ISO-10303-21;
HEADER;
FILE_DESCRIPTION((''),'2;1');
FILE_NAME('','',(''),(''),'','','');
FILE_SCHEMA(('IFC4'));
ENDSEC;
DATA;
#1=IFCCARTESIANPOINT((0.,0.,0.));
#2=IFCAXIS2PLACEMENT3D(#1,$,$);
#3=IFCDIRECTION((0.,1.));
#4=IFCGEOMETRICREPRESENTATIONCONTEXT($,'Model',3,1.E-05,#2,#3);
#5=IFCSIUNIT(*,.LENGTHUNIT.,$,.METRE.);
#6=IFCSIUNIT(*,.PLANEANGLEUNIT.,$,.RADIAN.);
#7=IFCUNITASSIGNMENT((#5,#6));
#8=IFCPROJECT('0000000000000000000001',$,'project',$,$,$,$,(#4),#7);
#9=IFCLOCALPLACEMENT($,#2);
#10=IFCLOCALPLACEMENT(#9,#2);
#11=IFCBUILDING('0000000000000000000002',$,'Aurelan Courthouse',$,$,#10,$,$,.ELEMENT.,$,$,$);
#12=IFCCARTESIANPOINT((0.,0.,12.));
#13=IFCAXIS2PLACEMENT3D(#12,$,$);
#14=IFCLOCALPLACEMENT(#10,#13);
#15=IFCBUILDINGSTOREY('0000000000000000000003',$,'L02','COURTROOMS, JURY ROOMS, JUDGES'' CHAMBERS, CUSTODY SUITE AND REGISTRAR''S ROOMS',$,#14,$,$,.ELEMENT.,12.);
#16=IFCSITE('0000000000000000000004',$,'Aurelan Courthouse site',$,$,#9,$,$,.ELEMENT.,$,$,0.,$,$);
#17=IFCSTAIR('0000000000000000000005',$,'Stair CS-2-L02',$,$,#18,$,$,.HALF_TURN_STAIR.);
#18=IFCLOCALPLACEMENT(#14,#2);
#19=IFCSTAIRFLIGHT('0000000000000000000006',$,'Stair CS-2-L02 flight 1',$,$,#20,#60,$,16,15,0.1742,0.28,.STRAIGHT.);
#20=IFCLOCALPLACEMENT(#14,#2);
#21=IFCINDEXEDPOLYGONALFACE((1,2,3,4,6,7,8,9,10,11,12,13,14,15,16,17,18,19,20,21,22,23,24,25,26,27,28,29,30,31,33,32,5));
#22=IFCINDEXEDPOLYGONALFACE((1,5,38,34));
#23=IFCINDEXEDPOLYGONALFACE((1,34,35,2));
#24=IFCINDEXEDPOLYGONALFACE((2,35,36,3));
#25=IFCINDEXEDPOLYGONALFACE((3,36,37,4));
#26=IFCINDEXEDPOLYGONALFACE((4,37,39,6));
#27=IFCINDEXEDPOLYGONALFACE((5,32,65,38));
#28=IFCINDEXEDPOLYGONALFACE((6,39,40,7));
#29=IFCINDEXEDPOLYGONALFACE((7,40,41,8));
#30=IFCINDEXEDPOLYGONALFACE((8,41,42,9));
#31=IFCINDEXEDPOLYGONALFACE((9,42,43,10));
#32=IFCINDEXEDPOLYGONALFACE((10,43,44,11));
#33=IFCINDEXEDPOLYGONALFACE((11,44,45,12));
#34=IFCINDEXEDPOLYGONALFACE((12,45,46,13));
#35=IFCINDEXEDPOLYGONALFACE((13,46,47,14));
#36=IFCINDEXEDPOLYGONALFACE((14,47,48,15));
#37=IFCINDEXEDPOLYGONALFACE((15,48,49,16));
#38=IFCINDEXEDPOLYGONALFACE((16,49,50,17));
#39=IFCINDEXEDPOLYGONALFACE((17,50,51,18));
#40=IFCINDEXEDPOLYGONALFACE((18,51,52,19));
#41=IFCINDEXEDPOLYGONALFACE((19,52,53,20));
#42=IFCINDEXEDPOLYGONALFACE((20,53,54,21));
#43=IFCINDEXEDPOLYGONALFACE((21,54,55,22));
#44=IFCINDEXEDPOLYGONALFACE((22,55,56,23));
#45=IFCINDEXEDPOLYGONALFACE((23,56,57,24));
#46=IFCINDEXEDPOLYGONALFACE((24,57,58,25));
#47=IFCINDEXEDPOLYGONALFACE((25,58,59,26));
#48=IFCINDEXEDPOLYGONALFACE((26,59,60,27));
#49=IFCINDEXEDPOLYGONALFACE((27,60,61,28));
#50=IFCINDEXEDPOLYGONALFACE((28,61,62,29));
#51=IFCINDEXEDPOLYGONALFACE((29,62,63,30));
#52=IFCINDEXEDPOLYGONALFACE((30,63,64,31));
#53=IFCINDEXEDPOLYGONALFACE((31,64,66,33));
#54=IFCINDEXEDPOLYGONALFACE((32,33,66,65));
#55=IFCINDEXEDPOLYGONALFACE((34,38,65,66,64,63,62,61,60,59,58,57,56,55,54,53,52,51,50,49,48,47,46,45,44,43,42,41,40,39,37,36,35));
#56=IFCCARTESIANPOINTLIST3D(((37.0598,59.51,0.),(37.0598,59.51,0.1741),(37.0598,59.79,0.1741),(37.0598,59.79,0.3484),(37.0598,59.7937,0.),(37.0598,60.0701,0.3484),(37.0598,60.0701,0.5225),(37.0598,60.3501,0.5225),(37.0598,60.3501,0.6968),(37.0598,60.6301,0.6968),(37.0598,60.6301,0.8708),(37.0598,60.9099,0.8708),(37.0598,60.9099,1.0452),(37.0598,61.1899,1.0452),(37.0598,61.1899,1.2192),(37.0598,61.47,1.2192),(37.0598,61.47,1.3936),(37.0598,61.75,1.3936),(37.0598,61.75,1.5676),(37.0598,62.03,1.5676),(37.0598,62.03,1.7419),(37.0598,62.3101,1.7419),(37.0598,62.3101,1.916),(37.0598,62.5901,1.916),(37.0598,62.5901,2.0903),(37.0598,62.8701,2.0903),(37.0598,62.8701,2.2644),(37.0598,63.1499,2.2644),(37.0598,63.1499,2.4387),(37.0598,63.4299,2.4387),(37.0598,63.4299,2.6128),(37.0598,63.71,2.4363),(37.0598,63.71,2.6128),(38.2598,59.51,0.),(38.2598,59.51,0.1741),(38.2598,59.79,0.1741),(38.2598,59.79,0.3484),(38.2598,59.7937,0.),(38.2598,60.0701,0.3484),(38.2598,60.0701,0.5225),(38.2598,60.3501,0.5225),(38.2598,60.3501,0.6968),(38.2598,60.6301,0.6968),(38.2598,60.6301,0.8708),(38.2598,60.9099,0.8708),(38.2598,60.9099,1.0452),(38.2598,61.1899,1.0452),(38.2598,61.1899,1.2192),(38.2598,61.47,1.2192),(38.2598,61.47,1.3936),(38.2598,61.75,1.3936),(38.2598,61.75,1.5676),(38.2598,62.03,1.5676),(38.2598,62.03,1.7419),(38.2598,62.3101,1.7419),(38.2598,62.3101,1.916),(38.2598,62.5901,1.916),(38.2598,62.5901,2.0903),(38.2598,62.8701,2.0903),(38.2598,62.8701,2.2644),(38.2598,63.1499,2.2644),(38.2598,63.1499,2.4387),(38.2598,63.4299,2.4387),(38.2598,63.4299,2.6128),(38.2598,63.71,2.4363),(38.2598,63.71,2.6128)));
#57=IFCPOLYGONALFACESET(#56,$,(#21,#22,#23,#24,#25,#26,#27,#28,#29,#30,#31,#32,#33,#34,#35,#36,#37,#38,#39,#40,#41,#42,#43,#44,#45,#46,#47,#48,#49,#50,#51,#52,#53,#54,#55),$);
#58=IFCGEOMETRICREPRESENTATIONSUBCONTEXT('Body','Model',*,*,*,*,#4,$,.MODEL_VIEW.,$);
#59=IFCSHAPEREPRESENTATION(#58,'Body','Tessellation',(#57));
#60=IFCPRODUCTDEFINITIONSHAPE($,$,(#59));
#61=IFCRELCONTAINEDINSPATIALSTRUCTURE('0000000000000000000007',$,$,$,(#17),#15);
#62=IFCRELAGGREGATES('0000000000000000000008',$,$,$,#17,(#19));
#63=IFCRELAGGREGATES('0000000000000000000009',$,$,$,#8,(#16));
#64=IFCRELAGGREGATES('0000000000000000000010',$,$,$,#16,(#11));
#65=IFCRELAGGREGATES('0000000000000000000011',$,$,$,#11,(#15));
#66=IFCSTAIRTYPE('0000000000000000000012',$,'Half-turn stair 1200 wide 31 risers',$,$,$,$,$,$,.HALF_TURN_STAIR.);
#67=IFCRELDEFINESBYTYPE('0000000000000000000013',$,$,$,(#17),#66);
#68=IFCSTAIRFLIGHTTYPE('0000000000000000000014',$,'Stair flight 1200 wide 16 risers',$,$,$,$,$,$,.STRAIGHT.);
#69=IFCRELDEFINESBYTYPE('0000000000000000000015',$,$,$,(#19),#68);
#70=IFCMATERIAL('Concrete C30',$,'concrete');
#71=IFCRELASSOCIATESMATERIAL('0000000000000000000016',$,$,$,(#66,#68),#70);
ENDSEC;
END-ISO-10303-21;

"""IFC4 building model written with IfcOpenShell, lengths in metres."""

from ifc_helpers import new_model, si_unit, direction, frame, origin, place, context, subcontext, project, spatial, polyline, outline, extrude, material, type_object, element, aggregate, save


model = new_model("IFC4")

# Units and contexts
model_context = context("Model", 3, precision=1e-05, world=origin(), true_north=direction((0.0, 1.0)))
body_context = subcontext(model_context, "Body", "Model", "MODEL_VIEW")
ifc_project = project(units=[si_unit("LENGTHUNIT", "METRE"), si_unit("PLANEANGLEUNIT", "RADIAN")], contexts=[model_context])

# Site, building, storey
site_placement = place(None, origin())
site = spatial("IfcSite", under=ifc_project, at=site_placement, Name="Aurelan Courthouse site", CompositionType="ELEMENT", RefElevation=0.0)
building_placement = place(site_placement, origin())
building = spatial("IfcBuilding", under=site, at=building_placement, Name="Aurelan Courthouse", CompositionType="ELEMENT")
storey_placement = place(building_placement, frame((0.0, 0.0, 12.0)))
storey = spatial("IfcBuildingStorey", under=building, at=storey_placement, Name="L02", Description="COURTROOMS, JURY ROOMS, JUDGES' CHAMBERS, CUSTODY SUITE AND REGISTRAR'S ROOMS", CompositionType="ELEMENT", Elevation=12.0)

# Shared definitions
ifc_material_1 = material(Name="Concrete C30", Category="concrete")

# Stair, stair flight
stair_type = type_object("IfcStairType", Name="Half-turn stair 1200 wide 31 risers", PredefinedType="HALF_TURN_STAIR", material=ifc_material_1)
stair_placement = place(storey_placement, origin())
stair = element("IfcStair", 1, at=stair_placement, inside=storey, type_object=stair_type, Name="Stair CS-2-L02", PredefinedType="HALF_TURN_STAIR")
stair_flight_type = type_object("IfcStairFlightType", Name="Stair flight 1200 wide 16 risers", PredefinedType="STRAIGHT", material=ifc_material_1)
stair_flight_placement = place(storey_placement, frame((37.6599, 59.51, 0.0), z_axis=(0.0, 0.0, 1.0), x_axis=(0.0, 1.0, 0.0)))
stair_flight = element("IfcStairFlight", 2, at=stair_flight_placement, type_object=stair_flight_type, Name="Stair CS-2-L02 flight 1", NumberOfRisers=16, NumberOfTreads=15, PredefinedType="STRAIGHT", RiserHeight=0.1742, TreadLength=0.28, context=body_context, shape_type="SweptSolid", body=[
    extrude(outline(polyline([(0.0, 0.0), (0.0, 0.1741), (0.28, 0.1741), (0.28, 0.3484), (0.5601, 0.3484), (0.5601, 0.5225), (0.8401, 0.5225), (0.8401, 0.6968), (1.1201, 0.6968), (1.1201, 0.8708), (1.3999, 0.8708), (1.3999, 1.0452), (1.6799, 1.0452), (1.6799, 1.2192), (1.96, 1.2192), (1.96, 1.3936), (2.24, 1.3936), (2.24, 1.5676), (2.52, 1.5676), (2.52, 1.7419), (2.8, 1.7419), (2.8, 1.916), (3.0801, 1.916), (3.0801, 2.0903), (3.3601, 2.0903), (3.3601, 2.2644), (3.6399, 2.2644), (3.6399, 2.4387), (3.9199, 2.4387), (3.9199, 2.6128), (4.2, 2.6128), (4.2, 2.7871), (4.2, 2.4363), (0.2837, 0.0), (0.0, 0.0)])), frame((0.0, 0.6001, 0.0), z_axis=(0.0, -1.0, 0.0), x_axis=(1.0, 0.0, 0.0)), (0.0, 0.0, 1.0), 1.2),
])
aggregate(stair, [stair_flight])

save(model, "model.ifc")
